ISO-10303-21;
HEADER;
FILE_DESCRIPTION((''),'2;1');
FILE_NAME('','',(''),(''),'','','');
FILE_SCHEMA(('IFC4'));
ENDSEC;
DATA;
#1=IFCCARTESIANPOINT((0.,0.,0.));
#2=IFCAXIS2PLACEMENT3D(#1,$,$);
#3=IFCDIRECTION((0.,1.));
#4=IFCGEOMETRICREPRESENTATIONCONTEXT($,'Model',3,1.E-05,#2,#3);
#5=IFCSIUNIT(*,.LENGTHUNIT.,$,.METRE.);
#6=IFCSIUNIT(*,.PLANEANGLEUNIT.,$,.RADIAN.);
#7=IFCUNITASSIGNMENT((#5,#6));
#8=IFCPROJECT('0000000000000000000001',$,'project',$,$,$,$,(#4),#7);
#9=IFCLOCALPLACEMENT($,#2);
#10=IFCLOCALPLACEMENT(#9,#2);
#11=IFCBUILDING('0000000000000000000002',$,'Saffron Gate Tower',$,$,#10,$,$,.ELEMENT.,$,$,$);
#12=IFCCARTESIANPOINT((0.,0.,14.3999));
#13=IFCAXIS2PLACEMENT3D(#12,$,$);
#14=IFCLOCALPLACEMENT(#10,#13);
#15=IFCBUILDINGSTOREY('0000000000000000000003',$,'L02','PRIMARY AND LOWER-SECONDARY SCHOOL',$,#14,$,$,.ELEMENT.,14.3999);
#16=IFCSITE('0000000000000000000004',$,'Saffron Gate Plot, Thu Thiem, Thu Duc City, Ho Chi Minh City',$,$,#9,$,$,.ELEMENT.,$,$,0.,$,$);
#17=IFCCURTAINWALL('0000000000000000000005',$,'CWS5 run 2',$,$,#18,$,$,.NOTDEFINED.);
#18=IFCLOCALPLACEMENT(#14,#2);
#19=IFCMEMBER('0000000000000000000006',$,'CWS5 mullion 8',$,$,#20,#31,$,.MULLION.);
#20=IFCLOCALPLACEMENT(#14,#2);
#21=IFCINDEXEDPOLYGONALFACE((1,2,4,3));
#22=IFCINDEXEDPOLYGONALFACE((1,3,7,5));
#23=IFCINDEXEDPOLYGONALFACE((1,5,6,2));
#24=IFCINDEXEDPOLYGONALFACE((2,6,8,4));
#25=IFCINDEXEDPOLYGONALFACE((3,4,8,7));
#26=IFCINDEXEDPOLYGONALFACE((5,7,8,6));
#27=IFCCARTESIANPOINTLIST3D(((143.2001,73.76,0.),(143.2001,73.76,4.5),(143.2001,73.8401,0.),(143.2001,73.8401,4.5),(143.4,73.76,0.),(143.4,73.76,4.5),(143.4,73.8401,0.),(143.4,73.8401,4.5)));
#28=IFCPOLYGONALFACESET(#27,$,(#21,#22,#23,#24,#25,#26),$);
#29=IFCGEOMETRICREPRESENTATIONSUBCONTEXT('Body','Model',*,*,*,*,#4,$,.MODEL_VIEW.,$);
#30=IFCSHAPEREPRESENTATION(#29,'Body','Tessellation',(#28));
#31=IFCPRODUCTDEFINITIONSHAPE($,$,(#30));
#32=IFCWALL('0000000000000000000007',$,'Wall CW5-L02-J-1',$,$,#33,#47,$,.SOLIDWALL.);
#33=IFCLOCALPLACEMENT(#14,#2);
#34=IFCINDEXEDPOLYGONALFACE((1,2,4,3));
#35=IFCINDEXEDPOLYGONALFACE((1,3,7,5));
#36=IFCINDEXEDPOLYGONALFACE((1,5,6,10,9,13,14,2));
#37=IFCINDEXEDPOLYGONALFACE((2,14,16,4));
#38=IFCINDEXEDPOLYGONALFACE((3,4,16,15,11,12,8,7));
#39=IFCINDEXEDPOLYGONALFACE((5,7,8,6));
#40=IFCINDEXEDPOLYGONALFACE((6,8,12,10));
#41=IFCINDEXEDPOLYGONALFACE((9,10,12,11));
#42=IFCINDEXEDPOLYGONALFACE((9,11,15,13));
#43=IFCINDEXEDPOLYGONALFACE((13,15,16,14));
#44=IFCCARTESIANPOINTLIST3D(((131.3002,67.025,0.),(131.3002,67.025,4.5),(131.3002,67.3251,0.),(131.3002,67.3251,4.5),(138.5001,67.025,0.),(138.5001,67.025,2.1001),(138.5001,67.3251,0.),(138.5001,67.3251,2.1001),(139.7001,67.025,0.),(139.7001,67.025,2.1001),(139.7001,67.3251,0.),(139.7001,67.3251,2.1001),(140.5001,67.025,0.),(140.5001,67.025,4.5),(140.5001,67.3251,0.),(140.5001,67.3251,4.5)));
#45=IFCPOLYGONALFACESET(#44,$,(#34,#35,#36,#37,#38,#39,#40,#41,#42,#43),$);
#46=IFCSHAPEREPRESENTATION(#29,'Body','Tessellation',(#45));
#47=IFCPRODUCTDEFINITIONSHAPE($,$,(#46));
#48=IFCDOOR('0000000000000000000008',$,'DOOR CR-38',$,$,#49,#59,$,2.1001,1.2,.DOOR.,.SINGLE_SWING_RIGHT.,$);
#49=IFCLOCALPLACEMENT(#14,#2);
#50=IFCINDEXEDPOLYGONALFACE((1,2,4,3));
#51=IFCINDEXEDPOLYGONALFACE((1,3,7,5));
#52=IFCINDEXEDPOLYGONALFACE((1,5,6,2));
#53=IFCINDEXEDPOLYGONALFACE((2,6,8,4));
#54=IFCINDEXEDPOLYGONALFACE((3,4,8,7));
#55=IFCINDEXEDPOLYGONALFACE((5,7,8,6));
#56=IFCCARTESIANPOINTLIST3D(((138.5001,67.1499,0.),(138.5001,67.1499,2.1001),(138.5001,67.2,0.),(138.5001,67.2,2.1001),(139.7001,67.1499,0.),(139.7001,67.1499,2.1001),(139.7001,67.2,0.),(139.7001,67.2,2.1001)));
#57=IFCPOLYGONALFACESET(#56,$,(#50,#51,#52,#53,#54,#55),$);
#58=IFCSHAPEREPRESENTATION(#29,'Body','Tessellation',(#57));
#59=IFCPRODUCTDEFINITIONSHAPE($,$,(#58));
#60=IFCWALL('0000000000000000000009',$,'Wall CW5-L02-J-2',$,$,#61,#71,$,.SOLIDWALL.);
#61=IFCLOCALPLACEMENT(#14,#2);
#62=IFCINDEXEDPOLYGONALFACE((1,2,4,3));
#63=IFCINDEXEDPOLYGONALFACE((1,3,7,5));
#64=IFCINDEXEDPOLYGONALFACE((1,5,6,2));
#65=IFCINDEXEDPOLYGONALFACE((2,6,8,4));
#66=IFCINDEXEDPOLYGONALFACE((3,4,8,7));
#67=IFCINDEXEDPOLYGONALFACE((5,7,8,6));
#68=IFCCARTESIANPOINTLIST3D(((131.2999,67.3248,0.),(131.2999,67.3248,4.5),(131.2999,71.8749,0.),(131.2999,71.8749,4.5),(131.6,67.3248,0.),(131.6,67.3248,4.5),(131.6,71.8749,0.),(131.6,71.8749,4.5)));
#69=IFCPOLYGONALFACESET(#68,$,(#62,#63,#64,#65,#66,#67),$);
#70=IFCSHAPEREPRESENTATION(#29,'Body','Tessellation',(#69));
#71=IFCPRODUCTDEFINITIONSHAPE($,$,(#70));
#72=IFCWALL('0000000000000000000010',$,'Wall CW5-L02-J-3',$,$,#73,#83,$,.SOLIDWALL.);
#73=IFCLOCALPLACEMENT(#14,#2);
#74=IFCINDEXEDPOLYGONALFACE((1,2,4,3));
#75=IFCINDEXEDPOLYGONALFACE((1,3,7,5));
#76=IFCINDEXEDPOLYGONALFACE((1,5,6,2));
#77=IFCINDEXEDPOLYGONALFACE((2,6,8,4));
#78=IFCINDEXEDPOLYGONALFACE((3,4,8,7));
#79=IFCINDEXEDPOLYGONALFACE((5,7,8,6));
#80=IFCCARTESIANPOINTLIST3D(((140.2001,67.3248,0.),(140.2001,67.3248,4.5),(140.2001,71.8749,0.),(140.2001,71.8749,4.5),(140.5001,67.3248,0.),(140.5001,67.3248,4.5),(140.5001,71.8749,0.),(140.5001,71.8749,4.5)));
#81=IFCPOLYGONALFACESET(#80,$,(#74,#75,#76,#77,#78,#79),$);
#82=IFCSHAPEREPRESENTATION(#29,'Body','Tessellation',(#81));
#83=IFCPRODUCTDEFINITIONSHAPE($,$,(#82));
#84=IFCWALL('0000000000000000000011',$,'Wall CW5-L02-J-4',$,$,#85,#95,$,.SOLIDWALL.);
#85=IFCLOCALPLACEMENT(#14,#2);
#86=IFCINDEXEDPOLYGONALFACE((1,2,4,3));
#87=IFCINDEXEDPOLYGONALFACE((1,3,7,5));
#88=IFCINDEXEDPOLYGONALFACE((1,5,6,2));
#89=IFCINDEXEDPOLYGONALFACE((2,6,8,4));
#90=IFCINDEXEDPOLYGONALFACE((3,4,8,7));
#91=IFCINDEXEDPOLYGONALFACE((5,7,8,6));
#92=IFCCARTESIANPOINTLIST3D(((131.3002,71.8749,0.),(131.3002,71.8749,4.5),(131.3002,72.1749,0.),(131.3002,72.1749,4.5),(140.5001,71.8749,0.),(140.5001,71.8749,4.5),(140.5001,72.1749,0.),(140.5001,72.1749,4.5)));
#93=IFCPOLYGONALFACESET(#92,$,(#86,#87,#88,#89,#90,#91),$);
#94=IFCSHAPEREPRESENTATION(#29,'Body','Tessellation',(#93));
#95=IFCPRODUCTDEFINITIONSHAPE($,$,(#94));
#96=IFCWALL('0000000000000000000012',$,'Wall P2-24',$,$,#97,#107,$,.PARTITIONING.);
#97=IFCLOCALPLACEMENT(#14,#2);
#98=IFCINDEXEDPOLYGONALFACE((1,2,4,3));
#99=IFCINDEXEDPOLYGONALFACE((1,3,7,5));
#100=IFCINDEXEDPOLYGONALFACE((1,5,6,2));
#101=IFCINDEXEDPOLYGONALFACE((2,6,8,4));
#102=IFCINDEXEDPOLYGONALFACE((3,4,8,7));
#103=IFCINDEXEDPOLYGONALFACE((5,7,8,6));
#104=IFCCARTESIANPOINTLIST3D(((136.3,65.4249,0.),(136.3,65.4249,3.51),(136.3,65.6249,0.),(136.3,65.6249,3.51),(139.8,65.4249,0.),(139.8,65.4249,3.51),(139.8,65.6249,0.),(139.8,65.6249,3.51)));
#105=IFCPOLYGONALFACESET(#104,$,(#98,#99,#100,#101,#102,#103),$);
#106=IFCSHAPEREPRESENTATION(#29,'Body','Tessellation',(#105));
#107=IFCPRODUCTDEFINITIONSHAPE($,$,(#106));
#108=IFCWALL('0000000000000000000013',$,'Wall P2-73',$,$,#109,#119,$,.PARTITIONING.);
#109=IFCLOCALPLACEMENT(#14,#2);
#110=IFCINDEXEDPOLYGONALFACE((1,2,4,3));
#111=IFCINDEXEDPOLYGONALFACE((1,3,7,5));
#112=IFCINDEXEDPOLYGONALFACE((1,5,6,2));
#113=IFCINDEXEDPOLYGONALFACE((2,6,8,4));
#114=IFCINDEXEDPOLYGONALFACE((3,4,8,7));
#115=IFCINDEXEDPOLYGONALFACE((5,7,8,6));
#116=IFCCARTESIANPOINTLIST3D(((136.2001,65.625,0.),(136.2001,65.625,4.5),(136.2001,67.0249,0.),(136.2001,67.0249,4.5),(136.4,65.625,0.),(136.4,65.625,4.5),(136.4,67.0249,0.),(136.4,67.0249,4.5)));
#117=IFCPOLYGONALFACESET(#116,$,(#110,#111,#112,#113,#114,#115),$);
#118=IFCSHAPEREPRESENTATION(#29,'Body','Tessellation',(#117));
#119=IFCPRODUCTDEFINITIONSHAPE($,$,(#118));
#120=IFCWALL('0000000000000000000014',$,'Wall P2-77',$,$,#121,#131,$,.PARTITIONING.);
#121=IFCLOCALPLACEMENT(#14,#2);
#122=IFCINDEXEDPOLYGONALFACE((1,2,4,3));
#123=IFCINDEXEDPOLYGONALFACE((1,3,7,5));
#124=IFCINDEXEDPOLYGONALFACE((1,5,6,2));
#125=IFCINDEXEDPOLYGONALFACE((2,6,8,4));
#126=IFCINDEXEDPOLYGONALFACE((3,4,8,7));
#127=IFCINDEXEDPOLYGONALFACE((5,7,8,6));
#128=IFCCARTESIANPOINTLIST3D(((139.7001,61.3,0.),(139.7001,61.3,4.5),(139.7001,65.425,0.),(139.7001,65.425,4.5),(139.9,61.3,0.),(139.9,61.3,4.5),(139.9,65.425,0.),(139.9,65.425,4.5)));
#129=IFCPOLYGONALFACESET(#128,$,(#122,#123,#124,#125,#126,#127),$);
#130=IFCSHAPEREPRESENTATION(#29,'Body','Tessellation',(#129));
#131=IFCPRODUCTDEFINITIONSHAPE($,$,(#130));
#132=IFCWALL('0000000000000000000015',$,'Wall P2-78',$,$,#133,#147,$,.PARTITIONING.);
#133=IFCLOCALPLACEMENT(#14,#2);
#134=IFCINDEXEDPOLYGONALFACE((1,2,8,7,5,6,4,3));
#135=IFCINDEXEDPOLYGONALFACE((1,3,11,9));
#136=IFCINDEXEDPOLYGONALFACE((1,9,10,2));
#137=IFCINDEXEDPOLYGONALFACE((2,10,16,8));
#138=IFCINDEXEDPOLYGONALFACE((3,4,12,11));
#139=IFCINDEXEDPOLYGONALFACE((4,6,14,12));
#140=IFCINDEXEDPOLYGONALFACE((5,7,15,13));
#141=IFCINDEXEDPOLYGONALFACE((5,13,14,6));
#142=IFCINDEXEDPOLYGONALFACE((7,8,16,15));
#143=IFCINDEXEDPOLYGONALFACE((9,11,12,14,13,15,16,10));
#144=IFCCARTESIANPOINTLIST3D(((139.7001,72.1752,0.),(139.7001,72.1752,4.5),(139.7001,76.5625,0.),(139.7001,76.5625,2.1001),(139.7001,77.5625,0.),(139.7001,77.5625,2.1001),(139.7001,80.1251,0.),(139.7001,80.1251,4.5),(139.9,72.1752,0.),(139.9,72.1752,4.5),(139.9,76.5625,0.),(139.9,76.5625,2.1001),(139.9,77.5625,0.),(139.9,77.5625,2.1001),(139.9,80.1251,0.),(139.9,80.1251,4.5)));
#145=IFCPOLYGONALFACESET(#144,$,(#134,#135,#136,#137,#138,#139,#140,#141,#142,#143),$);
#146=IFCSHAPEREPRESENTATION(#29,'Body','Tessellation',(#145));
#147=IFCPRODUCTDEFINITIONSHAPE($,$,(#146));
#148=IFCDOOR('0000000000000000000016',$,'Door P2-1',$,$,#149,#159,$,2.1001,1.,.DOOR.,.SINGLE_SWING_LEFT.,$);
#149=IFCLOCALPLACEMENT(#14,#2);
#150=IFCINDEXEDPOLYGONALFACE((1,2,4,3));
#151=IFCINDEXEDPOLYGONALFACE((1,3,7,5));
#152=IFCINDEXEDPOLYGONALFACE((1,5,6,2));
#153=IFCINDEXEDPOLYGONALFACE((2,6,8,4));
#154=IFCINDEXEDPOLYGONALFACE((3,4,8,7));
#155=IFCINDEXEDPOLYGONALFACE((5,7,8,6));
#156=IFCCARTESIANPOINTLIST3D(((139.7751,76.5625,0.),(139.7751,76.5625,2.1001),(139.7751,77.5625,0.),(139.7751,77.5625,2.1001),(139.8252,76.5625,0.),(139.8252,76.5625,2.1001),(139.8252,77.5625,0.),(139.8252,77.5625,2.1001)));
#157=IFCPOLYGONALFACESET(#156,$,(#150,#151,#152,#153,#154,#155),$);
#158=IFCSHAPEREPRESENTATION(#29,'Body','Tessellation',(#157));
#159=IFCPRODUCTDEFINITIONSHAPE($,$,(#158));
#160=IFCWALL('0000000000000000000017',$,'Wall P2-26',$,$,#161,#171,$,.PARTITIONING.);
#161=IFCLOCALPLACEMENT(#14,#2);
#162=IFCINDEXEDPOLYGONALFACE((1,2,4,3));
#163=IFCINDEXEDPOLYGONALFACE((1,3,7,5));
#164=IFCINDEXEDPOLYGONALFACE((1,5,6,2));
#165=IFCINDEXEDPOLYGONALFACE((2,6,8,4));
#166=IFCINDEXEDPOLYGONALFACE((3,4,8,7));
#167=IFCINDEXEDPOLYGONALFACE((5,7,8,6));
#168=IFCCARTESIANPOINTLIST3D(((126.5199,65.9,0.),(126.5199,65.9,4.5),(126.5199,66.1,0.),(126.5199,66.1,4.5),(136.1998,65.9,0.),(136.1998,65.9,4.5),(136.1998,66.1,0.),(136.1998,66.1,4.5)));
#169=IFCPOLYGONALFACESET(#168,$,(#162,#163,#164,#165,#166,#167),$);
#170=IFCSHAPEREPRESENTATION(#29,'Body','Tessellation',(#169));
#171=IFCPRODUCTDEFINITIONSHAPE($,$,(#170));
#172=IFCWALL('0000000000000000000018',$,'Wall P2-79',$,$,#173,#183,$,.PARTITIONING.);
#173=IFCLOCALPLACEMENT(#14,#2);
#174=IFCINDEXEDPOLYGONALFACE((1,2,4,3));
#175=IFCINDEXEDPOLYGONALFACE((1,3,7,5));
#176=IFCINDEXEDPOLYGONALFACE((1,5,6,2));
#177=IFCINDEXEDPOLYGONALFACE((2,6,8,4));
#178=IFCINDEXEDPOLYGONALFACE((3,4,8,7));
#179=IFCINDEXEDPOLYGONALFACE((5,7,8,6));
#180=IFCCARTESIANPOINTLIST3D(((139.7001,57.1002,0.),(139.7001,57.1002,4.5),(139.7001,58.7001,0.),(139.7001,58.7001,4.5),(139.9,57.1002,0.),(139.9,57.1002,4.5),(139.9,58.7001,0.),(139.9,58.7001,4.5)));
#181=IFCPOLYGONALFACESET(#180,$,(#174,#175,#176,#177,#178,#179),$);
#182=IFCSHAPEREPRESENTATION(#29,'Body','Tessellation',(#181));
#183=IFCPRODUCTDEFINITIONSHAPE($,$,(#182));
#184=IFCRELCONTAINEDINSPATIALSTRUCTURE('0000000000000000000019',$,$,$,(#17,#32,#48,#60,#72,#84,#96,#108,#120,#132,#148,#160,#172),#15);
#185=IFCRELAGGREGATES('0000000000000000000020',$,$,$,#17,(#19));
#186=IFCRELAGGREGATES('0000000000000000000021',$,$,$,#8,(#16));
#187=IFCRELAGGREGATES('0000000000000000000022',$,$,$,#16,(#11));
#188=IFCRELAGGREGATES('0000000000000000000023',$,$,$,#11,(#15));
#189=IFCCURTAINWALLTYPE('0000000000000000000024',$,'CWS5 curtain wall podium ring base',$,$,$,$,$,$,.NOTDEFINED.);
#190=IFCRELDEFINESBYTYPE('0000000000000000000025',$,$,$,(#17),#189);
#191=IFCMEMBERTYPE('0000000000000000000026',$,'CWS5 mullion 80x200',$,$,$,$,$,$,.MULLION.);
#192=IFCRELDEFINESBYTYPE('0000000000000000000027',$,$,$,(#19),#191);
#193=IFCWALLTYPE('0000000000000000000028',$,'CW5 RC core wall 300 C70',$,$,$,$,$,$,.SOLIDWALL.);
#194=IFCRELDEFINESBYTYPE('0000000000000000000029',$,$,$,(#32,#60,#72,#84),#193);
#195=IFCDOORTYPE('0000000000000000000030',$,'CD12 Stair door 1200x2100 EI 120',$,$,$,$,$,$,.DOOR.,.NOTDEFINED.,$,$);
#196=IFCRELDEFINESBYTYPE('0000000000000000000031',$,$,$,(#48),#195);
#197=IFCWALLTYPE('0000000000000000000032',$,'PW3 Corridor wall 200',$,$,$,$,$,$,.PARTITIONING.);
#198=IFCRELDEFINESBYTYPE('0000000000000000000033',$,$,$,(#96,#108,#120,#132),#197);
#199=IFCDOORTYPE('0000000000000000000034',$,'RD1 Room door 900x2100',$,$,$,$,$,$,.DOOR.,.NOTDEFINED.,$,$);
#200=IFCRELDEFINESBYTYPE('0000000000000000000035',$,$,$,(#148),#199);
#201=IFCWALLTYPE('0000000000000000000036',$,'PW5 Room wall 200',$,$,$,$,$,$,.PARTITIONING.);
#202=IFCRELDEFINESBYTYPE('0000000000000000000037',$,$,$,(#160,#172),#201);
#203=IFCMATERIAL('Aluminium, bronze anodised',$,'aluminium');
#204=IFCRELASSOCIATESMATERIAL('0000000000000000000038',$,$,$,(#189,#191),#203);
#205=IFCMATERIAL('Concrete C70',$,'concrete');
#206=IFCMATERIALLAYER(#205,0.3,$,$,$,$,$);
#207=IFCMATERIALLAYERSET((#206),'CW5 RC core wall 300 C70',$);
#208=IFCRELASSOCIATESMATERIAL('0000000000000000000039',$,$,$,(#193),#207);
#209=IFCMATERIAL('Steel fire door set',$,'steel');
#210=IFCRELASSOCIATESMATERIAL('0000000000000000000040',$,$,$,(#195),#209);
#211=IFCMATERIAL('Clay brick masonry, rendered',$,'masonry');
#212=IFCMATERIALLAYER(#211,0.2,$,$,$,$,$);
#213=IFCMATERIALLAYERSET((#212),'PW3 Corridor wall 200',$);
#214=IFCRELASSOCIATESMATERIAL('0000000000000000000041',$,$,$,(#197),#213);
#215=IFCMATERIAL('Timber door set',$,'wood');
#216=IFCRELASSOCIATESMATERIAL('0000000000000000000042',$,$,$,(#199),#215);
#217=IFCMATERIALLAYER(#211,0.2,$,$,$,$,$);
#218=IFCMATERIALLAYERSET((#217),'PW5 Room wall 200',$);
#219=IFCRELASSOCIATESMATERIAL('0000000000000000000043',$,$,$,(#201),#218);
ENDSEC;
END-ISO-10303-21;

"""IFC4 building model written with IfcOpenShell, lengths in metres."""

from ifc_helpers import new_model, si_unit, direction, frame, frame_2d, origin, origin_2d, place, context, subcontext, project, spatial, rectangle, extrude, material, layer, layer_set, material_profile, profile_set, type_object, element, fill, aggregate, save


model = new_model("IFC4")

# Units and contexts
model_context = context("Model", 3, precision=1e-05, world=origin(), true_north=direction((0.0, 1.0)))
body_context = subcontext(model_context, "Body", "Model", "MODEL_VIEW")
ifc_project = project(units=[si_unit("LENGTHUNIT", "METRE"), si_unit("PLANEANGLEUNIT", "RADIAN")], contexts=[model_context])

# Site, building, storey
site_placement = place(None, origin())
site = spatial("IfcSite", under=ifc_project, at=site_placement, Name="Saffron Gate Plot, Thu Thiem, Thu Duc City, Ho Chi Minh City", CompositionType="ELEMENT", RefElevation=0.0)
building_placement = place(site_placement, origin())
building = spatial("IfcBuilding", under=site, at=building_placement, Name="Saffron Gate Tower", CompositionType="ELEMENT")
storey_placement = place(building_placement, frame((0.0, 0.0, 14.3999)))
storey = spatial("IfcBuildingStorey", under=building, at=storey_placement, Name="L02", Description="PRIMARY AND LOWER-SECONDARY SCHOOL", CompositionType="ELEMENT", Elevation=14.3999)

# Curtain wall, member
ifc_material_1 = material(Name="Aluminium, bronze anodised", Category="aluminium")
curtain_wall_type = type_object("IfcCurtainWallType", Name="CWS5 curtain wall podium ring base", PredefinedType="NOTDEFINED", material=ifc_material_1)
curtain_wall_placement = place(storey_placement, origin())
curtain_wall = element("IfcCurtainWall", 1, at=curtain_wall_placement, inside=storey, type_object=curtain_wall_type, Name="CWS5 run 2", PredefinedType="NOTDEFINED")
ifc_material_profile_1 = material_profile(ifc_material_1, rectangle(XDim=0.2, YDim=0.0801, at=origin_2d()))
ifc_profile_set_1 = profile_set([ifc_material_profile_1], Name="Aluminium, bronze anodised")
member_type = type_object("IfcMemberType", Name="CWS5 mullion 80x200", PredefinedType="MULLION", material=ifc_profile_set_1)
member_1_placement = place(storey_placement, frame((143.3, 73.8, 0.0), z_axis=(0.0, 0.0, 1.0), x_axis=(-1.0, 0.0, 0.0)))
member_1 = element("IfcMember", 2, at=member_1_placement, type_object=member_type, Name="CWS5 mullion 8", PredefinedType="MULLION", context=body_context, shape_type="SweptSolid", body=[
    extrude(rectangle(XDim=0.2, YDim=0.0801, at=origin_2d()), origin(), (0.0, 0.0, 1.0), 4.5),
])
aggregate(curtain_wall, [member_1])

# Wall, opening, door
ifc_material_2 = material(Name="Concrete C70", Category="concrete")
ifc_layer_1 = layer(ifc_material_2, 0.3)
ifc_layer_set_1 = layer_set([ifc_layer_1], Name="CW5 RC core wall 300 C70")
wall_type_1 = type_object("IfcWallType", Name="CW5 RC core wall 300 C70", PredefinedType="SOLIDWALL", material=ifc_layer_set_1)
wall_1_placement = place(storey_placement, frame((131.3, 67.175, 0.0), z_axis=(0.0, 0.0, 1.0), x_axis=(1.0, 0.0, 0.0)))
wall_1 = element("IfcWall", 3, at=wall_1_placement, inside=storey, type_object=wall_type_1, Name="Wall CW5-L02-J-1", PredefinedType="SOLIDWALL", context=body_context, shape_type="SweptSolid", body=[
    extrude(rectangle(XDim=9.2, YDim=0.3, at=frame_2d((4.6001, 0.0))), origin(), (0.0, 0.0, 1.0), 4.5),
])
opening_1_placement = place(wall_1_placement, frame((7.2, 0.0, 0.0)))
opening_1 = element("IfcOpeningElement", 4, at=opening_1_placement, cuts=wall_1, PredefinedType="OPENING", context=body_context, shape_type="SweptSolid", body=[
    extrude(rectangle(XDim=1.2, YDim=2.1001, at=frame_2d((0.6001, 1.05))), frame((0.0, 0.1602, 0.0), z_axis=(0.0, -1.0, 0.0), x_axis=(1.0, 0.0, 0.0)), (0.0, 0.0, 1.0), 0.3201),
])
ifc_material_3 = material(Name="Steel fire door set", Category="steel")
door_type_1 = type_object("IfcDoorType", Name="CD12 Stair door 1200x2100 EI 120", OperationType="NOTDEFINED", PredefinedType="DOOR", material=ifc_material_3)
door_1_placement = place(opening_1_placement, origin())
door_1 = element("IfcDoor", 5, at=door_1_placement, inside=storey, type_object=door_type_1, Name="DOOR CR-38", OperationType="SINGLE_SWING_RIGHT", OverallHeight=2.1001, OverallWidth=1.2, PredefinedType="DOOR", context=body_context, shape_type="SweptSolid", body=[
    extrude(rectangle(XDim=1.2, YDim=2.1001, at=frame_2d((0.6001, 1.05))), frame((0.0, 0.0249, 0.0), z_axis=(0.0, -1.0, 0.0), x_axis=(1.0, 0.0, 0.0)), (0.0, 0.0, 1.0), 0.05),
])
fill(opening_1, door_1)

# Walls
for number, where, z_axis, x_axis, name in (
    (6, (131.45, 67.325, 0.0), (0.0, 0.0, 1.0), (0.0, 1.0, 0.0), "Wall CW5-L02-J-2"),
    (7, (140.3501, 67.325, 0.0), (0.0, 0.0, 1.0), (0.0, 1.0, 0.0), "Wall CW5-L02-J-3"),
):
    element("IfcWall", number, at=place(storey_placement, frame(where, z_axis=z_axis, x_axis=x_axis)), inside=storey, type_object=wall_type_1, Name=name, PredefinedType="SOLIDWALL", context=body_context, shape_type="SweptSolid", body=[
        extrude(rectangle(XDim=4.55, YDim=0.3, at=frame_2d((2.2749, 0.0))), origin(), (0.0, 0.0, 1.0), 4.5),
    ])
wall_2_placement = place(storey_placement, frame((131.3, 72.0249, 0.0), z_axis=(0.0, 0.0, 1.0), x_axis=(1.0, 0.0, 0.0)))
element("IfcWall", 8, at=wall_2_placement, inside=storey, type_object=wall_type_1, Name="Wall CW5-L02-J-4", PredefinedType="SOLIDWALL", context=body_context, shape_type="SweptSolid", body=[
    extrude(rectangle(XDim=9.2, YDim=0.3, at=frame_2d((4.6001, 0.0))), origin(), (0.0, 0.0, 1.0), 4.5),
])
ifc_material_4 = material(Name="Clay brick masonry, rendered", Category="masonry")
ifc_layer_2 = layer(ifc_material_4, 0.2)
ifc_layer_set_2 = layer_set([ifc_layer_2], Name="PW3 Corridor wall 200")
wall_type_2 = type_object("IfcWallType", Name="PW3 Corridor wall 200", PredefinedType="PARTITIONING", material=ifc_layer_set_2)
wall_3_placement = place(storey_placement, frame((136.3, 65.5249, 0.0), z_axis=(0.0, 0.0, 1.0), x_axis=(1.0, 0.0, 0.0)))
element("IfcWall", 9, at=wall_3_placement, inside=storey, type_object=wall_type_2, Name="Wall P2-24", PredefinedType="PARTITIONING", context=body_context, shape_type="SweptSolid", body=[
    extrude(rectangle(XDim=3.5, YDim=0.2, at=frame_2d((1.75, 0.0))), origin(), (0.0, 0.0, 1.0), 3.51),
])
wall_4_placement = place(storey_placement, frame((136.3, 67.0249, 0.0), z_axis=(0.0, 0.0, 1.0), x_axis=(0.0, -1.0, 0.0)))
element("IfcWall", 10, at=wall_4_placement, inside=storey, type_object=wall_type_2, Name="Wall P2-73", PredefinedType="PARTITIONING", context=body_context, shape_type="SweptSolid", body=[
    extrude(rectangle(XDim=1.3999, YDim=0.2, at=frame_2d((0.7, 0.0))), origin(), (0.0, 0.0, 1.0), 4.5),
])
wall_5_placement = place(storey_placement, frame((139.8, 65.425, 0.0), z_axis=(0.0, 0.0, 1.0), x_axis=(0.0, -1.0, 0.0)))
element("IfcWall", 11, at=wall_5_placement, inside=storey, type_object=wall_type_2, Name="Wall P2-77", PredefinedType="PARTITIONING", context=body_context, shape_type="SweptSolid", body=[
    extrude(rectangle(XDim=4.125, YDim=0.2, at=frame_2d((2.0625, 0.0))), origin(), (0.0, 0.0, 1.0), 4.5),
])

# Wall, opening, door
wall_6_placement = place(storey_placement, frame((139.8, 72.175, 0.0), z_axis=(0.0, 0.0, 1.0), x_axis=(0.0, 1.0, 0.0)))
wall_6 = element("IfcWall", 12, at=wall_6_placement, inside=storey, type_object=wall_type_2, Name="Wall P2-78", PredefinedType="PARTITIONING", context=body_context, shape_type="SweptSolid", body=[
    extrude(rectangle(XDim=7.95, YDim=0.2, at=frame_2d((3.9751, 0.0))), origin(), (0.0, 0.0, 1.0), 4.5),
])
opening_2_placement = place(wall_6_placement, frame((4.3875, 0.0, 0.0)))
opening_2 = element("IfcOpeningElement", 13, at=opening_2_placement, cuts=wall_6, PredefinedType="OPENING", context=body_context, shape_type="SweptSolid", body=[
    extrude(rectangle(XDim=1.0, YDim=2.1001, at=frame_2d((0.5, 1.05))), frame((0.0, 0.1099, 0.0), z_axis=(0.0, -1.0, 0.0), x_axis=(1.0, 0.0, 0.0)), (0.0, 0.0, 1.0), 0.22),
])
ifc_material_5 = material(Name="Timber door set", Category="wood")
door_type_2 = type_object("IfcDoorType", Name="RD1 Room door 900x2100", OperationType="NOTDEFINED", PredefinedType="DOOR", material=ifc_material_5)
door_2_placement = place(opening_2_placement, origin())
door_2 = element("IfcDoor", 14, at=door_2_placement, inside=storey, type_object=door_type_2, Name="Door P2-1", OperationType="SINGLE_SWING_LEFT", OverallHeight=2.1001, OverallWidth=1.0, PredefinedType="DOOR", context=body_context, shape_type="SweptSolid", body=[
    extrude(rectangle(XDim=1.0, YDim=2.1001, at=frame_2d((0.5, 1.05))), frame((0.0, 0.0249, 0.0), z_axis=(0.0, -1.0, 0.0), x_axis=(1.0, 0.0, 0.0)), (0.0, 0.0, 1.0), 0.05),
])
fill(opening_2, door_2)

# Walls
ifc_layer_3 = layer(ifc_material_4, 0.2)
ifc_layer_set_3 = layer_set([ifc_layer_3], Name="PW5 Room wall 200")
wall_type_3 = type_object("IfcWallType", Name="PW5 Room wall 200", PredefinedType="PARTITIONING", material=ifc_layer_set_3)
wall_7_placement = place(storey_placement, frame((126.52, 66.0, 0.0), z_axis=(0.0, 0.0, 1.0), x_axis=(1.0, 0.0, 0.0)))
element("IfcWall", 15, at=wall_7_placement, inside=storey, type_object=wall_type_3, Name="Wall P2-26", PredefinedType="PARTITIONING", context=body_context, shape_type="SweptSolid", body=[
    extrude(rectangle(XDim=9.6799, YDim=0.2, at=frame_2d((4.8398, 0.0))), origin(), (0.0, 0.0, 1.0), 4.5),
])
wall_8_placement = place(storey_placement, frame((139.8, 58.7, 0.0), z_axis=(0.0, 0.0, 1.0), x_axis=(0.0, -1.0, 0.0)))
element("IfcWall", 16, at=wall_8_placement, inside=storey, type_object=wall_type_3, Name="Wall P2-79", PredefinedType="PARTITIONING", context=body_context, shape_type="SweptSolid", body=[
    extrude(rectangle(XDim=1.5999, YDim=0.2, at=frame_2d((0.7998, 0.0))), origin(), (0.0, 0.0, 1.0), 4.5),
])

save(model, "model.ifc")
